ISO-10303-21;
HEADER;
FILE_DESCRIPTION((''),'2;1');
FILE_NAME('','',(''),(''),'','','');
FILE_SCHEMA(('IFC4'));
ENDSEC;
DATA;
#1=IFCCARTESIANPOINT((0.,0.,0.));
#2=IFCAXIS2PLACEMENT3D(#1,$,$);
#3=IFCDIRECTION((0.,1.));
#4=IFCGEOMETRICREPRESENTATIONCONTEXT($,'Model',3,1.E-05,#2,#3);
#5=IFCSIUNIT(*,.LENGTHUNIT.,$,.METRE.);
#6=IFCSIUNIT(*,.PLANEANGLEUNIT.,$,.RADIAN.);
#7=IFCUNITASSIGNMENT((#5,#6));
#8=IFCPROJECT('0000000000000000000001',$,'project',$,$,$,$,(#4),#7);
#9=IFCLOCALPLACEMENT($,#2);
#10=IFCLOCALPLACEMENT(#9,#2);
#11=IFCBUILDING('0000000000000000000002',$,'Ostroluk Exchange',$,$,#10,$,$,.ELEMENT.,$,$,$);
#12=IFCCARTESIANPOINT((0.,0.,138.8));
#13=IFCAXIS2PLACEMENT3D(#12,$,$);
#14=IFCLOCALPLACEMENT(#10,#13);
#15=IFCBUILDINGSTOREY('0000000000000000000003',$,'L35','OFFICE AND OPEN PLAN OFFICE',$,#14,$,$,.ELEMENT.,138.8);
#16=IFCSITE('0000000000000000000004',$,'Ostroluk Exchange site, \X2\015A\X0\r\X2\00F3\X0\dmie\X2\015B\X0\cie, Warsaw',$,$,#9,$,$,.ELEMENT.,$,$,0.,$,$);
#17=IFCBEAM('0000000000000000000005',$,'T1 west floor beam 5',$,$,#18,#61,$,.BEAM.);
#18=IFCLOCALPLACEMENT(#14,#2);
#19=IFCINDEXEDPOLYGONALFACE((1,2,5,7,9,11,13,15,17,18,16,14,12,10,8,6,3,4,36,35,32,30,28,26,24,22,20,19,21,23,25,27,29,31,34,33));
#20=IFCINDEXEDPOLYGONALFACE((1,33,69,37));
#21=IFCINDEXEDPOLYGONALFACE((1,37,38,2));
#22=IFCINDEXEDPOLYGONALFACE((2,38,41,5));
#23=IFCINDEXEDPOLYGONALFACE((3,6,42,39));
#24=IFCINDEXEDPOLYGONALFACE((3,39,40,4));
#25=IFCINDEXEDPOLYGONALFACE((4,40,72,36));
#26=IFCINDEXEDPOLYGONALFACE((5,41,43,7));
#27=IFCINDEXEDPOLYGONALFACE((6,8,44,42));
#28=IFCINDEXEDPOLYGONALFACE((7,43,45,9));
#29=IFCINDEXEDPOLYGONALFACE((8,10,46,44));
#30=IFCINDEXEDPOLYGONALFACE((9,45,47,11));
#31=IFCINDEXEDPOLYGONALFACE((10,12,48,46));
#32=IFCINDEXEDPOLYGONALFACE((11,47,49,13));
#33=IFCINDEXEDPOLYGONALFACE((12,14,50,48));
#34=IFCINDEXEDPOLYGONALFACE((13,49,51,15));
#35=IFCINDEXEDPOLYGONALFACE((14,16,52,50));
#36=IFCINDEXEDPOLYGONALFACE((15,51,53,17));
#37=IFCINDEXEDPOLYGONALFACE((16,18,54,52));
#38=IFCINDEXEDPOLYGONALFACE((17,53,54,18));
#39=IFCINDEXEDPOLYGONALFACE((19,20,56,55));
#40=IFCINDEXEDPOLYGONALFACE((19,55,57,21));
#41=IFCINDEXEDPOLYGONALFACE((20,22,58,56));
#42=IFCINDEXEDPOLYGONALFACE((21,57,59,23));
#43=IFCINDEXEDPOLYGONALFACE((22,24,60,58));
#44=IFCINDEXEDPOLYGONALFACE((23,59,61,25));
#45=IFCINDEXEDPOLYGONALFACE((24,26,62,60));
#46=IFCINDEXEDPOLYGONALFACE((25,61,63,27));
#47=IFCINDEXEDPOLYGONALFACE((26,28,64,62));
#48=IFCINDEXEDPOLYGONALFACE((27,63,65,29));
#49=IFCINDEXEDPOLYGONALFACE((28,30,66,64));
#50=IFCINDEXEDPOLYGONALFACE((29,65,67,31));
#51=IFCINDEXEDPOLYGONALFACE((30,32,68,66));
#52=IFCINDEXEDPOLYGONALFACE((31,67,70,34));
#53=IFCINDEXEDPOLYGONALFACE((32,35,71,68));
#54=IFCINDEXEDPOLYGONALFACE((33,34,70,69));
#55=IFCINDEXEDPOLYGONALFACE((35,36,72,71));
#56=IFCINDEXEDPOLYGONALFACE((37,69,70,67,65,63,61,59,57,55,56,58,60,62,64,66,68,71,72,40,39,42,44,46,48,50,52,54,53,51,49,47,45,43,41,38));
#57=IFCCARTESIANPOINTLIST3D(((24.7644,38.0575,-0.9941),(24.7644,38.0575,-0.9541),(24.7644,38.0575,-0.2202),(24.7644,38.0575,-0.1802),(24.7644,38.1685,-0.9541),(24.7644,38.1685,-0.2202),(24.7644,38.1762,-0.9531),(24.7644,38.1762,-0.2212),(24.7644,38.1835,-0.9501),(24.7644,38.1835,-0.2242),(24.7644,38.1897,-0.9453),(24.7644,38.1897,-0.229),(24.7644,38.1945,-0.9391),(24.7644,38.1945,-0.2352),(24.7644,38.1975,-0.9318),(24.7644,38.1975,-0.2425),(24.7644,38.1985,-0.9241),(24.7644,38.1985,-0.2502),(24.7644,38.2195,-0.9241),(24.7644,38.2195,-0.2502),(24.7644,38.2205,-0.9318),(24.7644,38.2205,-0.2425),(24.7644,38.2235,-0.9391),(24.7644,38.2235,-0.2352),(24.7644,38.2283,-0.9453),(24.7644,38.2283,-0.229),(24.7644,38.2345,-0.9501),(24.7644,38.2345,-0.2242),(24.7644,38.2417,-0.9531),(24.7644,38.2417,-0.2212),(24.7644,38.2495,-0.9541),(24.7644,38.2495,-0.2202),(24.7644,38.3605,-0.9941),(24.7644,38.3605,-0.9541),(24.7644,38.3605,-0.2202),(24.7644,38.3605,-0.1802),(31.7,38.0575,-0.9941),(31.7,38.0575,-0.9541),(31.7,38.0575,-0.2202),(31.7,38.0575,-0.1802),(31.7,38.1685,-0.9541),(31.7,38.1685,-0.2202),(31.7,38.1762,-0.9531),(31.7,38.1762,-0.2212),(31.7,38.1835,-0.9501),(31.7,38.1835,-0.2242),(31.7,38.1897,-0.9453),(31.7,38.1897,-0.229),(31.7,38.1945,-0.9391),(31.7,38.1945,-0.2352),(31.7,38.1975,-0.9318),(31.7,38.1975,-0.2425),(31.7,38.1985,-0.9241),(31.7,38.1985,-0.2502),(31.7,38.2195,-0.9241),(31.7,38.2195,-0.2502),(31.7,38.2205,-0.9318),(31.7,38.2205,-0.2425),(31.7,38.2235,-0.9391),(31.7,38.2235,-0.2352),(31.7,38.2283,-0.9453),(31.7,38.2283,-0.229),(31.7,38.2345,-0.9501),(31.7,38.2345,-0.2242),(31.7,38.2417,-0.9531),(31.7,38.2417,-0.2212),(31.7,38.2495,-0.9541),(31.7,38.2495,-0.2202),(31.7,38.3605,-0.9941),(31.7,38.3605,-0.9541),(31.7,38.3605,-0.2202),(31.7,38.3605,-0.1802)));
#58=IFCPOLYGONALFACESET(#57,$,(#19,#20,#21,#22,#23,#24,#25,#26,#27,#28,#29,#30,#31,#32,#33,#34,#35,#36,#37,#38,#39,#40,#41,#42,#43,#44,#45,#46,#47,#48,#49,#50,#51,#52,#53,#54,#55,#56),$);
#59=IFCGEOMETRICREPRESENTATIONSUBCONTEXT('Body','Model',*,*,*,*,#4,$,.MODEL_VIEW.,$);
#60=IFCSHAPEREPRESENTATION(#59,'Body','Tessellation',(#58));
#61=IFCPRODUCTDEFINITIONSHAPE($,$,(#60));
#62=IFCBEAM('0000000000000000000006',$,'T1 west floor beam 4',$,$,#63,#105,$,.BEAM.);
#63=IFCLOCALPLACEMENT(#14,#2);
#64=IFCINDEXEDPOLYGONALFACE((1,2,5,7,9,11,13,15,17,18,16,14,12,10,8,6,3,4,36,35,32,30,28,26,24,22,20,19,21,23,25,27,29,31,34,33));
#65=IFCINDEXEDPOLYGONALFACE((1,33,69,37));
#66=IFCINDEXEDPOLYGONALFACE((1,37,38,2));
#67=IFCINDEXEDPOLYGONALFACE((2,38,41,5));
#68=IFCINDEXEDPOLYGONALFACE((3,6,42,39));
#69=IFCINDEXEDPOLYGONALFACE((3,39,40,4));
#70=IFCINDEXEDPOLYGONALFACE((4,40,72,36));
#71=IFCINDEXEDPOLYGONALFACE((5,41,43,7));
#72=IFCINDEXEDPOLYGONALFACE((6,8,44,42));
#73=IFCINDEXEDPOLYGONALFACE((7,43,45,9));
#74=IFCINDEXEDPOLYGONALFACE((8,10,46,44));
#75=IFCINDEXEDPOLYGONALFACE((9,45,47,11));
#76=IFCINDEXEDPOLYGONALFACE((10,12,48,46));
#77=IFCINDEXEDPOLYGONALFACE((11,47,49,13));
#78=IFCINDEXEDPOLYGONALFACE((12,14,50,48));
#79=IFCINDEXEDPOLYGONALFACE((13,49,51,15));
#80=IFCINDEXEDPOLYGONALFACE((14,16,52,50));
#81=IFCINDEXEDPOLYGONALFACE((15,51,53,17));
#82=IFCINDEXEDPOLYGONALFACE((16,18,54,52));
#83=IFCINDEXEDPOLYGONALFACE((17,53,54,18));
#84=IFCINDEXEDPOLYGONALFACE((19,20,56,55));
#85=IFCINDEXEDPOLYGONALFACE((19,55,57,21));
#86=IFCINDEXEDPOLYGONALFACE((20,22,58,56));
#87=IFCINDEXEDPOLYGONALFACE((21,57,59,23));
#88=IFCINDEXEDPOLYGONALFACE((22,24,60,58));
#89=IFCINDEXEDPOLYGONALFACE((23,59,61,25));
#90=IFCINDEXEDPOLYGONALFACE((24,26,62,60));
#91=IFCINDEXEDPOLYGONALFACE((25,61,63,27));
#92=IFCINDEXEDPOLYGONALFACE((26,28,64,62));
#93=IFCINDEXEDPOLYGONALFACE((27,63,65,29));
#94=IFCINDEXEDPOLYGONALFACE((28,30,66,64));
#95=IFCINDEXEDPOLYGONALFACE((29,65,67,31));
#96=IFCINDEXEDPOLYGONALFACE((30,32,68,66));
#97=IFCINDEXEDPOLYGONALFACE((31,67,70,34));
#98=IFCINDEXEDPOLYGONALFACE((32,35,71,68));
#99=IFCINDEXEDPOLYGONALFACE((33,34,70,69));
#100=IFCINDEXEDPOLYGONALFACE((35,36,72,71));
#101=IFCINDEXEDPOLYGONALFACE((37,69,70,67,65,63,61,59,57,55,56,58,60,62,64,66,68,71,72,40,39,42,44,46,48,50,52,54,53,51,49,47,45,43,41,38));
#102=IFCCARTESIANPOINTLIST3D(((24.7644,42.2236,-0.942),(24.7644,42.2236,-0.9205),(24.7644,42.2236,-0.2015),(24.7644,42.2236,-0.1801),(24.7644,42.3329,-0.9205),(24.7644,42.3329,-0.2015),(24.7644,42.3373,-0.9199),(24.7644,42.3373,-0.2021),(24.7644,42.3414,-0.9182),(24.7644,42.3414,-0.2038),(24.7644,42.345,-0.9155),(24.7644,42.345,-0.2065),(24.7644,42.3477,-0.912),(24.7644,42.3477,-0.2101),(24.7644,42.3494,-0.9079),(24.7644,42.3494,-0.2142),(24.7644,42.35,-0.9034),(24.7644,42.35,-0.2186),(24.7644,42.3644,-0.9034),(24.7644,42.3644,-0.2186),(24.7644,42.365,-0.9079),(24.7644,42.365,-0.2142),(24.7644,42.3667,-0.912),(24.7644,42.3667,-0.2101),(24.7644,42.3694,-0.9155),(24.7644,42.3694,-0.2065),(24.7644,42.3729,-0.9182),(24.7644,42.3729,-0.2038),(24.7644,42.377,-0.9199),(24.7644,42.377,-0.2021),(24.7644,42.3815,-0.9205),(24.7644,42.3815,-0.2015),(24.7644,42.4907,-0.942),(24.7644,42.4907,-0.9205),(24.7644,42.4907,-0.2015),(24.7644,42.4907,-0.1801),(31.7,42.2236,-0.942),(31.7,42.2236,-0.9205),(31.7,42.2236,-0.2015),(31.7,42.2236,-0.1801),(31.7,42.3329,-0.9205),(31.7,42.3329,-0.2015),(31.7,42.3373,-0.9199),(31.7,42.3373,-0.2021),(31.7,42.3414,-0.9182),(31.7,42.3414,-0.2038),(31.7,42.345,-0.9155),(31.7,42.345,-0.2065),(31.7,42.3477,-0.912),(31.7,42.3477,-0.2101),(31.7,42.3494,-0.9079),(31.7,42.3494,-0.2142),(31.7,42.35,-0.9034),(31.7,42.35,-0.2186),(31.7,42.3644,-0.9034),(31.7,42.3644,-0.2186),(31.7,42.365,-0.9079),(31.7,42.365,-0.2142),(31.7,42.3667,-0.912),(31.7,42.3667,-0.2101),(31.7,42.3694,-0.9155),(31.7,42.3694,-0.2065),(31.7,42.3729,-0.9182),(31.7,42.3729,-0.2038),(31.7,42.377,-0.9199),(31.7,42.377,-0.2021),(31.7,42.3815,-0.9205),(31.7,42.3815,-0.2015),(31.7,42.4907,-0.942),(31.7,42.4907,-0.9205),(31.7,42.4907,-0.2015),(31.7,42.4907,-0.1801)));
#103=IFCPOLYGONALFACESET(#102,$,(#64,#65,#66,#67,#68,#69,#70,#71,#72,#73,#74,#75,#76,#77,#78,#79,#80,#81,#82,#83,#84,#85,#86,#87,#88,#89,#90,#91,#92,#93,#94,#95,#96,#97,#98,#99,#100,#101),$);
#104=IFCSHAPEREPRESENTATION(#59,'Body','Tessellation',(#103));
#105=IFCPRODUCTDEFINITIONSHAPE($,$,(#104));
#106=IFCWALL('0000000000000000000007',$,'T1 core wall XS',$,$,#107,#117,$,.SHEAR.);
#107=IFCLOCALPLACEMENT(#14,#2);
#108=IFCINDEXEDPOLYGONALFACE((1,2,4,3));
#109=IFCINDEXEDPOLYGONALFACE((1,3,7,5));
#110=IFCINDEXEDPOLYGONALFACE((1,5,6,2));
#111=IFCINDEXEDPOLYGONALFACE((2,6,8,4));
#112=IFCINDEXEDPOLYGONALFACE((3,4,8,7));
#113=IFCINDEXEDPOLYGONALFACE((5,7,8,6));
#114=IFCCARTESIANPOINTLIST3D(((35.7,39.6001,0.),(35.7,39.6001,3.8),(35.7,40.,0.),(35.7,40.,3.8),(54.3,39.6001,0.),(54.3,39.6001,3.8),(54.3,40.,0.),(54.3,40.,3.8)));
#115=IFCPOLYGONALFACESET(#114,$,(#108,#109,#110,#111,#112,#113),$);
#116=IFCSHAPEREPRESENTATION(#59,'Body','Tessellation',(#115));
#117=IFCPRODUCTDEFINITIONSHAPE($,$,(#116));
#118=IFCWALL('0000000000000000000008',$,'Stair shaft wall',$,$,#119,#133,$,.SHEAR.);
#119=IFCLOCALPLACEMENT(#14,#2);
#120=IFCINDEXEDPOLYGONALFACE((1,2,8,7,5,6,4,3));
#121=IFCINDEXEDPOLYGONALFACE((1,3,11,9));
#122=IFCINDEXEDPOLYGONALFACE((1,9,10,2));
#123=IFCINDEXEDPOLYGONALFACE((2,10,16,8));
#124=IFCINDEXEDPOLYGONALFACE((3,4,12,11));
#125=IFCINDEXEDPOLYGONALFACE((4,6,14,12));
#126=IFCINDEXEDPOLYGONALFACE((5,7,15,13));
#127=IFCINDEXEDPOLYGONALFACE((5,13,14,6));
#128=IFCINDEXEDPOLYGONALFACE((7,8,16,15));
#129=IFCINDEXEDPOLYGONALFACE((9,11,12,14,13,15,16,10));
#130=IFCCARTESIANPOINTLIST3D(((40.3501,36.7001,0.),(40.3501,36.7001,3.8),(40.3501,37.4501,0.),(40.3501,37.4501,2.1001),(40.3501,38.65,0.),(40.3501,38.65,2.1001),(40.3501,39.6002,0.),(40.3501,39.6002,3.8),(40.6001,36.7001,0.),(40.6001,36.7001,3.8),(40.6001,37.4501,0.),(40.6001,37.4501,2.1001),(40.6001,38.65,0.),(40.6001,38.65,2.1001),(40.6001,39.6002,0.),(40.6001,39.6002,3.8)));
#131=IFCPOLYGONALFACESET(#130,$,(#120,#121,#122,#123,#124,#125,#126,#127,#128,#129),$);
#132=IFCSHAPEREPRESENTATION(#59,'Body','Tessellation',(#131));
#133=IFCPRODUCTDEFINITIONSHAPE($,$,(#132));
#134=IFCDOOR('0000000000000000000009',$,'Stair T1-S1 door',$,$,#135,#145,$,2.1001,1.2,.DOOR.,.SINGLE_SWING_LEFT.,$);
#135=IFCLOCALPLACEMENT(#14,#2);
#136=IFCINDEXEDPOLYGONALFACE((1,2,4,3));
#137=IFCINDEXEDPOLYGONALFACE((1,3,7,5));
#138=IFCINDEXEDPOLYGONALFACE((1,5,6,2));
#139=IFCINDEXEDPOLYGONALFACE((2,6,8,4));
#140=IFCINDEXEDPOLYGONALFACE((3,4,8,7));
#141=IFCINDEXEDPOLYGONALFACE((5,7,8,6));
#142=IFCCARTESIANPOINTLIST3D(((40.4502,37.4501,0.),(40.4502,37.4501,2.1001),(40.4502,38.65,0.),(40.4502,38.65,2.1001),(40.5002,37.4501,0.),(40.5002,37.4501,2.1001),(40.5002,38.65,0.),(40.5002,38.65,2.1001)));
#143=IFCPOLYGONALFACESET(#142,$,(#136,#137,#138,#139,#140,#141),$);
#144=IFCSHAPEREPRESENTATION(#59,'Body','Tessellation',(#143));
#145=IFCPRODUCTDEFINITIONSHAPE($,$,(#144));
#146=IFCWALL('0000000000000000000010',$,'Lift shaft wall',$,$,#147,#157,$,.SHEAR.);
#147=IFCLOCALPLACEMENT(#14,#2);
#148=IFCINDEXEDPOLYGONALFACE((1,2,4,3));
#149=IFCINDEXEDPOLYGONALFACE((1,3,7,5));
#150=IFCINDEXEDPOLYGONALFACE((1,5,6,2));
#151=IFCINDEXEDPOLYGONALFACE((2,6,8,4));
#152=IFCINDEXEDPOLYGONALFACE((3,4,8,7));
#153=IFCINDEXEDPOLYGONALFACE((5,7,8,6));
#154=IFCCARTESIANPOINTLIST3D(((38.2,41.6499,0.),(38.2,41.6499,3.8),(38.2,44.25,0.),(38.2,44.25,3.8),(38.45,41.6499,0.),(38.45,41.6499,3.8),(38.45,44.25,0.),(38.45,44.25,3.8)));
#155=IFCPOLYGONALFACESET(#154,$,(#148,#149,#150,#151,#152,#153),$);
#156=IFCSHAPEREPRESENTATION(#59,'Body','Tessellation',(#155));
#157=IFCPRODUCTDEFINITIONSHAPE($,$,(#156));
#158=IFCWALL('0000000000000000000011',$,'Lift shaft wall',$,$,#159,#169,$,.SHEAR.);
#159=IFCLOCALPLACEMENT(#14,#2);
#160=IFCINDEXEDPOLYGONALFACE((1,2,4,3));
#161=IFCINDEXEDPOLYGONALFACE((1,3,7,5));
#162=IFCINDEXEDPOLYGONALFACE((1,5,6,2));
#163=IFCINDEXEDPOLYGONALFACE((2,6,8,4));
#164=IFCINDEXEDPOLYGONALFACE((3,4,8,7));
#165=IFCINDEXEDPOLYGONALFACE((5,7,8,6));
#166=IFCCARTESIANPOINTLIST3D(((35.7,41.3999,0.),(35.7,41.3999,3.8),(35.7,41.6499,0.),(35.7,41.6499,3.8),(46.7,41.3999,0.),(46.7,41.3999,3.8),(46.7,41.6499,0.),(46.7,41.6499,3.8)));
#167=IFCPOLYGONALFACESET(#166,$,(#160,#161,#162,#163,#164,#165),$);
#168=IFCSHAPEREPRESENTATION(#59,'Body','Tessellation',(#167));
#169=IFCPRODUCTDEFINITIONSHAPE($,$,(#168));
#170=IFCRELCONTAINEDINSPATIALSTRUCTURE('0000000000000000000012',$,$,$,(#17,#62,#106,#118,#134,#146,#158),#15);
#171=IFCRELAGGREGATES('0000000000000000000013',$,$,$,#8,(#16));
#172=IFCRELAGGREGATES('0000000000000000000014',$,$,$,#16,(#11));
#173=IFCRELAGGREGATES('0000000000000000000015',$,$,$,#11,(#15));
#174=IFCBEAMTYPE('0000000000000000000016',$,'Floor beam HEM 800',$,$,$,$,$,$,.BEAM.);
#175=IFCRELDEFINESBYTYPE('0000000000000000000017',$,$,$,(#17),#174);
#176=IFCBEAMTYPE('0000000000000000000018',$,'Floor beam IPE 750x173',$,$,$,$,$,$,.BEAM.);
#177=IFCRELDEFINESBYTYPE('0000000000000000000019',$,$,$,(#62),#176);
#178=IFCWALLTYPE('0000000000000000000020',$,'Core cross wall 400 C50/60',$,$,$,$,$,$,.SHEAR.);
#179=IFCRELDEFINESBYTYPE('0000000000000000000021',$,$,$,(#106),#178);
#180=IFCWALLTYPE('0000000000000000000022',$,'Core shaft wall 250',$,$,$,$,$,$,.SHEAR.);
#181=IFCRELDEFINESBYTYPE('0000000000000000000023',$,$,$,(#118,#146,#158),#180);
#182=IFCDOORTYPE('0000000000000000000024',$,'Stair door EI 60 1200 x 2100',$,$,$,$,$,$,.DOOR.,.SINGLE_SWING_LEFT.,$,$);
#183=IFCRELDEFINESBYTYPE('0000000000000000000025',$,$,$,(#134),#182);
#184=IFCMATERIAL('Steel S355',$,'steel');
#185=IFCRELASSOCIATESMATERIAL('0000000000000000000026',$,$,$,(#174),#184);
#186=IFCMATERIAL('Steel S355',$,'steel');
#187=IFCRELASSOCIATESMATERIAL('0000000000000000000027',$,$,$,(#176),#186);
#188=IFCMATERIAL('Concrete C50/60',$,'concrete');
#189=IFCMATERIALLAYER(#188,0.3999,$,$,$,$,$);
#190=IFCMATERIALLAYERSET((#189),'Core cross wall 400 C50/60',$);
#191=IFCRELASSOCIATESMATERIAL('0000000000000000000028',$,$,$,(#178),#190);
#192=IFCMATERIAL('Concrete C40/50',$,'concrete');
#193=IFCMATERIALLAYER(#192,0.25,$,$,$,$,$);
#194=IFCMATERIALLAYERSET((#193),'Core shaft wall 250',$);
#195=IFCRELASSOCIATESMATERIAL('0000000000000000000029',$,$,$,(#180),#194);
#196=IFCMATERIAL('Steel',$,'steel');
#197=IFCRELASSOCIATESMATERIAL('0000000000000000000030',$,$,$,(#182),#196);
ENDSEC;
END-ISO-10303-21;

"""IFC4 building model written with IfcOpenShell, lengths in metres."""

from ifc_helpers import new_model, si_unit, direction, frame, frame_2d, origin, origin_2d, place, context, subcontext, project, spatial, rectangle, i_section, extrude, material, layer, layer_set, material_profile, profile_set, type_object, element, fill, save


model = new_model("IFC4")

# Units and contexts
model_context = context("Model", 3, precision=1e-05, world=origin(), true_north=direction((0.0, 1.0)))
body_context = subcontext(model_context, "Body", "Model", "MODEL_VIEW")
ifc_project = project(units=[si_unit("LENGTHUNIT", "METRE"), si_unit("PLANEANGLEUNIT", "RADIAN")], contexts=[model_context])

# Site, building, storey
site_placement = place(None, origin())
site = spatial("IfcSite", under=ifc_project, at=site_placement, Name="Ostroluk Exchange site, Śródmieście, Warsaw", CompositionType="ELEMENT", RefElevation=0.0)
building_placement = place(site_placement, origin())
building = spatial("IfcBuilding", under=site, at=building_placement, Name="Ostroluk Exchange", CompositionType="ELEMENT")
storey_placement = place(building_placement, frame((0.0, 0.0, 138.8)))
storey = spatial("IfcBuildingStorey", under=building, at=storey_placement, Name="L35", Description="OFFICE AND OPEN PLAN OFFICE", CompositionType="ELEMENT", Elevation=138.8)

# Beams
ifc_material_1 = material(Name="Steel S355", Category="steel")
ifc_material_profile_1 = material_profile(ifc_material_1, i_section(OverallWidth=0.303, OverallDepth=0.814, WebThickness=0.021, FlangeThickness=0.04, FilletRadius=0.03, at=origin_2d()), Name="HEM 800")
ifc_profile_set_1 = profile_set([ifc_material_profile_1], Name="Steel S355")
beam_type_1 = type_object("IfcBeamType", Name="Floor beam HEM 800", PredefinedType="BEAM", material=ifc_profile_set_1)
beam_1_placement = place(storey_placement, frame((31.7, 38.209, -0.5872), z_axis=(-1.0, 0.0, 0.0), x_axis=(0.0, -1.0, 0.0)))
element("IfcBeam", 1, at=beam_1_placement, inside=storey, type_object=beam_type_1, Name="T1 west floor beam 5", PredefinedType="BEAM", context=body_context, shape_type="SweptSolid", body=[
    extrude(i_section(OverallWidth=0.303, OverallDepth=0.814, WebThickness=0.021, FlangeThickness=0.04, FilletRadius=0.03, at=origin_2d()), origin(), (0.0, 0.0, 1.0), 6.9355),
])
ifc_material_2 = material(Name="Steel S355", Category="steel")
ifc_material_profile_2 = material_profile(ifc_material_2, i_section(OverallWidth=0.2671, OverallDepth=0.762, WebThickness=0.0144, FlangeThickness=0.0215, FilletRadius=0.0171, at=origin_2d()), Name="IPE 750x173")
ifc_profile_set_2 = profile_set([ifc_material_profile_2], Name="Steel S355")
beam_type_2 = type_object("IfcBeamType", Name="Floor beam IPE 750x173", PredefinedType="BEAM", material=ifc_profile_set_2)
beam_2_placement = place(storey_placement, frame((31.7, 42.3572, -0.561), z_axis=(-1.0, 0.0, 0.0), x_axis=(0.0, -1.0, 0.0)))
element("IfcBeam", 2, at=beam_2_placement, inside=storey, type_object=beam_type_2, Name="T1 west floor beam 4", PredefinedType="BEAM", context=body_context, shape_type="SweptSolid", body=[
    extrude(i_section(OverallWidth=0.2671, OverallDepth=0.762, WebThickness=0.0144, FlangeThickness=0.0215, FilletRadius=0.0171, at=origin_2d()), origin(), (0.0, 0.0, 1.0), 6.9355),
])

# Wall
ifc_material_3 = material(Name="Concrete C50/60", Category="concrete")
ifc_layer_1 = layer(ifc_material_3, 0.3999)
ifc_layer_set_1 = layer_set([ifc_layer_1], Name="Core cross wall 400 C50/60")
wall_type_1 = type_object("IfcWallType", Name="Core cross wall 400 C50/60", PredefinedType="SHEAR", material=ifc_layer_set_1)
wall_1_placement = place(storey_placement, frame((35.7, 39.8, 0.0), z_axis=(0.0, 0.0, 1.0), x_axis=(1.0, 0.0, 0.0)))
element("IfcWall", 3, at=wall_1_placement, inside=storey, type_object=wall_type_1, Name="T1 core wall XS", PredefinedType="SHEAR", context=body_context, shape_type="SweptSolid", body=[
    extrude(rectangle(XDim=18.6001, YDim=0.3999, at=frame_2d((9.3, 0.0))), origin(), (0.0, 0.0, 1.0), 3.8),
])

# Wall, opening, door
ifc_material_4 = material(Name="Concrete C40/50", Category="concrete")
ifc_layer_2 = layer(ifc_material_4, 0.25)
ifc_layer_set_2 = layer_set([ifc_layer_2], Name="Core shaft wall 250")
wall_type_2 = type_object("IfcWallType", Name="Core shaft wall 250", PredefinedType="SHEAR", material=ifc_layer_set_2)
wall_2_placement = place(storey_placement, frame((40.4751, 36.7, 0.0), z_axis=(0.0, 0.0, 1.0), x_axis=(0.0, 1.0, 0.0)))
wall_2 = element("IfcWall", 4, at=wall_2_placement, inside=storey, type_object=wall_type_2, Name="Stair shaft wall", PredefinedType="SHEAR", context=body_context, shape_type="SweptSolid", body=[
    extrude(rectangle(XDim=2.9001, YDim=0.25, at=frame_2d((1.4502, 0.0))), origin(), (0.0, 0.0, 1.0), 3.8),
])
opening_1_placement = place(wall_2_placement, frame((0.75, 0.0, 0.0)))
opening_1 = element("IfcOpeningElement", 5, at=opening_1_placement, cuts=wall_2, PredefinedType="OPENING", context=body_context, shape_type="SweptSolid", body=[
    extrude(rectangle(XDim=1.2, YDim=2.1001, at=frame_2d((0.6001, 1.05))), frame((0.0, 0.135, 0.0), z_axis=(0.0, -1.0, 0.0), x_axis=(1.0, 0.0, 0.0)), (0.0, 0.0, 1.0), 0.27),
])
ifc_material_5 = material(Name="Steel", Category="steel")
door_type_1 = type_object("IfcDoorType", Name="Stair door EI 60 1200 x 2100", OperationType="SINGLE_SWING_LEFT", PredefinedType="DOOR", material=ifc_material_5)
door_1_placement = place(opening_1_placement, origin())
door_1 = element("IfcDoor", 6, at=door_1_placement, inside=storey, type_object=door_type_1, Name="Stair T1-S1 door", OperationType="SINGLE_SWING_LEFT", OverallHeight=2.1001, OverallWidth=1.2, PredefinedType="DOOR", context=body_context, shape_type="SweptSolid", body=[
    extrude(rectangle(XDim=1.2, YDim=2.1001, at=frame_2d((0.6001, 1.05))), frame((0.0, 0.0249, 0.0), z_axis=(0.0, -1.0, 0.0), x_axis=(1.0, 0.0, 0.0)), (0.0, 0.0, 1.0), 0.05),
])
fill(opening_1, door_1)

# Walls
wall_3_placement = place(storey_placement, frame((38.325, 44.25, 0.0), z_axis=(0.0, 0.0, 1.0), x_axis=(0.0, -1.0, 0.0)))
element("IfcWall", 7, at=wall_3_placement, inside=storey, type_object=wall_type_2, Name="Lift shaft wall", PredefinedType="SHEAR", context=body_context, shape_type="SweptSolid", body=[
    extrude(rectangle(XDim=2.6001, YDim=0.25, at=frame_2d((1.3, 0.0))), origin(), (0.0, 0.0, 1.0), 3.8),
])
wall_4_placement = place(storey_placement, frame((35.7, 41.5249, 0.0), z_axis=(0.0, 0.0, 1.0), x_axis=(1.0, 0.0, 0.0)))
element("IfcWall", 8, at=wall_4_placement, inside=storey, type_object=wall_type_2, Name="Lift shaft wall", PredefinedType="SHEAR", context=body_context, shape_type="SweptSolid", body=[
    extrude(rectangle(XDim=11.0, YDim=0.25, at=frame_2d((5.5, 0.0))), origin(), (0.0, 0.0, 1.0), 3.8),
])

save(model, "model.ifc")
